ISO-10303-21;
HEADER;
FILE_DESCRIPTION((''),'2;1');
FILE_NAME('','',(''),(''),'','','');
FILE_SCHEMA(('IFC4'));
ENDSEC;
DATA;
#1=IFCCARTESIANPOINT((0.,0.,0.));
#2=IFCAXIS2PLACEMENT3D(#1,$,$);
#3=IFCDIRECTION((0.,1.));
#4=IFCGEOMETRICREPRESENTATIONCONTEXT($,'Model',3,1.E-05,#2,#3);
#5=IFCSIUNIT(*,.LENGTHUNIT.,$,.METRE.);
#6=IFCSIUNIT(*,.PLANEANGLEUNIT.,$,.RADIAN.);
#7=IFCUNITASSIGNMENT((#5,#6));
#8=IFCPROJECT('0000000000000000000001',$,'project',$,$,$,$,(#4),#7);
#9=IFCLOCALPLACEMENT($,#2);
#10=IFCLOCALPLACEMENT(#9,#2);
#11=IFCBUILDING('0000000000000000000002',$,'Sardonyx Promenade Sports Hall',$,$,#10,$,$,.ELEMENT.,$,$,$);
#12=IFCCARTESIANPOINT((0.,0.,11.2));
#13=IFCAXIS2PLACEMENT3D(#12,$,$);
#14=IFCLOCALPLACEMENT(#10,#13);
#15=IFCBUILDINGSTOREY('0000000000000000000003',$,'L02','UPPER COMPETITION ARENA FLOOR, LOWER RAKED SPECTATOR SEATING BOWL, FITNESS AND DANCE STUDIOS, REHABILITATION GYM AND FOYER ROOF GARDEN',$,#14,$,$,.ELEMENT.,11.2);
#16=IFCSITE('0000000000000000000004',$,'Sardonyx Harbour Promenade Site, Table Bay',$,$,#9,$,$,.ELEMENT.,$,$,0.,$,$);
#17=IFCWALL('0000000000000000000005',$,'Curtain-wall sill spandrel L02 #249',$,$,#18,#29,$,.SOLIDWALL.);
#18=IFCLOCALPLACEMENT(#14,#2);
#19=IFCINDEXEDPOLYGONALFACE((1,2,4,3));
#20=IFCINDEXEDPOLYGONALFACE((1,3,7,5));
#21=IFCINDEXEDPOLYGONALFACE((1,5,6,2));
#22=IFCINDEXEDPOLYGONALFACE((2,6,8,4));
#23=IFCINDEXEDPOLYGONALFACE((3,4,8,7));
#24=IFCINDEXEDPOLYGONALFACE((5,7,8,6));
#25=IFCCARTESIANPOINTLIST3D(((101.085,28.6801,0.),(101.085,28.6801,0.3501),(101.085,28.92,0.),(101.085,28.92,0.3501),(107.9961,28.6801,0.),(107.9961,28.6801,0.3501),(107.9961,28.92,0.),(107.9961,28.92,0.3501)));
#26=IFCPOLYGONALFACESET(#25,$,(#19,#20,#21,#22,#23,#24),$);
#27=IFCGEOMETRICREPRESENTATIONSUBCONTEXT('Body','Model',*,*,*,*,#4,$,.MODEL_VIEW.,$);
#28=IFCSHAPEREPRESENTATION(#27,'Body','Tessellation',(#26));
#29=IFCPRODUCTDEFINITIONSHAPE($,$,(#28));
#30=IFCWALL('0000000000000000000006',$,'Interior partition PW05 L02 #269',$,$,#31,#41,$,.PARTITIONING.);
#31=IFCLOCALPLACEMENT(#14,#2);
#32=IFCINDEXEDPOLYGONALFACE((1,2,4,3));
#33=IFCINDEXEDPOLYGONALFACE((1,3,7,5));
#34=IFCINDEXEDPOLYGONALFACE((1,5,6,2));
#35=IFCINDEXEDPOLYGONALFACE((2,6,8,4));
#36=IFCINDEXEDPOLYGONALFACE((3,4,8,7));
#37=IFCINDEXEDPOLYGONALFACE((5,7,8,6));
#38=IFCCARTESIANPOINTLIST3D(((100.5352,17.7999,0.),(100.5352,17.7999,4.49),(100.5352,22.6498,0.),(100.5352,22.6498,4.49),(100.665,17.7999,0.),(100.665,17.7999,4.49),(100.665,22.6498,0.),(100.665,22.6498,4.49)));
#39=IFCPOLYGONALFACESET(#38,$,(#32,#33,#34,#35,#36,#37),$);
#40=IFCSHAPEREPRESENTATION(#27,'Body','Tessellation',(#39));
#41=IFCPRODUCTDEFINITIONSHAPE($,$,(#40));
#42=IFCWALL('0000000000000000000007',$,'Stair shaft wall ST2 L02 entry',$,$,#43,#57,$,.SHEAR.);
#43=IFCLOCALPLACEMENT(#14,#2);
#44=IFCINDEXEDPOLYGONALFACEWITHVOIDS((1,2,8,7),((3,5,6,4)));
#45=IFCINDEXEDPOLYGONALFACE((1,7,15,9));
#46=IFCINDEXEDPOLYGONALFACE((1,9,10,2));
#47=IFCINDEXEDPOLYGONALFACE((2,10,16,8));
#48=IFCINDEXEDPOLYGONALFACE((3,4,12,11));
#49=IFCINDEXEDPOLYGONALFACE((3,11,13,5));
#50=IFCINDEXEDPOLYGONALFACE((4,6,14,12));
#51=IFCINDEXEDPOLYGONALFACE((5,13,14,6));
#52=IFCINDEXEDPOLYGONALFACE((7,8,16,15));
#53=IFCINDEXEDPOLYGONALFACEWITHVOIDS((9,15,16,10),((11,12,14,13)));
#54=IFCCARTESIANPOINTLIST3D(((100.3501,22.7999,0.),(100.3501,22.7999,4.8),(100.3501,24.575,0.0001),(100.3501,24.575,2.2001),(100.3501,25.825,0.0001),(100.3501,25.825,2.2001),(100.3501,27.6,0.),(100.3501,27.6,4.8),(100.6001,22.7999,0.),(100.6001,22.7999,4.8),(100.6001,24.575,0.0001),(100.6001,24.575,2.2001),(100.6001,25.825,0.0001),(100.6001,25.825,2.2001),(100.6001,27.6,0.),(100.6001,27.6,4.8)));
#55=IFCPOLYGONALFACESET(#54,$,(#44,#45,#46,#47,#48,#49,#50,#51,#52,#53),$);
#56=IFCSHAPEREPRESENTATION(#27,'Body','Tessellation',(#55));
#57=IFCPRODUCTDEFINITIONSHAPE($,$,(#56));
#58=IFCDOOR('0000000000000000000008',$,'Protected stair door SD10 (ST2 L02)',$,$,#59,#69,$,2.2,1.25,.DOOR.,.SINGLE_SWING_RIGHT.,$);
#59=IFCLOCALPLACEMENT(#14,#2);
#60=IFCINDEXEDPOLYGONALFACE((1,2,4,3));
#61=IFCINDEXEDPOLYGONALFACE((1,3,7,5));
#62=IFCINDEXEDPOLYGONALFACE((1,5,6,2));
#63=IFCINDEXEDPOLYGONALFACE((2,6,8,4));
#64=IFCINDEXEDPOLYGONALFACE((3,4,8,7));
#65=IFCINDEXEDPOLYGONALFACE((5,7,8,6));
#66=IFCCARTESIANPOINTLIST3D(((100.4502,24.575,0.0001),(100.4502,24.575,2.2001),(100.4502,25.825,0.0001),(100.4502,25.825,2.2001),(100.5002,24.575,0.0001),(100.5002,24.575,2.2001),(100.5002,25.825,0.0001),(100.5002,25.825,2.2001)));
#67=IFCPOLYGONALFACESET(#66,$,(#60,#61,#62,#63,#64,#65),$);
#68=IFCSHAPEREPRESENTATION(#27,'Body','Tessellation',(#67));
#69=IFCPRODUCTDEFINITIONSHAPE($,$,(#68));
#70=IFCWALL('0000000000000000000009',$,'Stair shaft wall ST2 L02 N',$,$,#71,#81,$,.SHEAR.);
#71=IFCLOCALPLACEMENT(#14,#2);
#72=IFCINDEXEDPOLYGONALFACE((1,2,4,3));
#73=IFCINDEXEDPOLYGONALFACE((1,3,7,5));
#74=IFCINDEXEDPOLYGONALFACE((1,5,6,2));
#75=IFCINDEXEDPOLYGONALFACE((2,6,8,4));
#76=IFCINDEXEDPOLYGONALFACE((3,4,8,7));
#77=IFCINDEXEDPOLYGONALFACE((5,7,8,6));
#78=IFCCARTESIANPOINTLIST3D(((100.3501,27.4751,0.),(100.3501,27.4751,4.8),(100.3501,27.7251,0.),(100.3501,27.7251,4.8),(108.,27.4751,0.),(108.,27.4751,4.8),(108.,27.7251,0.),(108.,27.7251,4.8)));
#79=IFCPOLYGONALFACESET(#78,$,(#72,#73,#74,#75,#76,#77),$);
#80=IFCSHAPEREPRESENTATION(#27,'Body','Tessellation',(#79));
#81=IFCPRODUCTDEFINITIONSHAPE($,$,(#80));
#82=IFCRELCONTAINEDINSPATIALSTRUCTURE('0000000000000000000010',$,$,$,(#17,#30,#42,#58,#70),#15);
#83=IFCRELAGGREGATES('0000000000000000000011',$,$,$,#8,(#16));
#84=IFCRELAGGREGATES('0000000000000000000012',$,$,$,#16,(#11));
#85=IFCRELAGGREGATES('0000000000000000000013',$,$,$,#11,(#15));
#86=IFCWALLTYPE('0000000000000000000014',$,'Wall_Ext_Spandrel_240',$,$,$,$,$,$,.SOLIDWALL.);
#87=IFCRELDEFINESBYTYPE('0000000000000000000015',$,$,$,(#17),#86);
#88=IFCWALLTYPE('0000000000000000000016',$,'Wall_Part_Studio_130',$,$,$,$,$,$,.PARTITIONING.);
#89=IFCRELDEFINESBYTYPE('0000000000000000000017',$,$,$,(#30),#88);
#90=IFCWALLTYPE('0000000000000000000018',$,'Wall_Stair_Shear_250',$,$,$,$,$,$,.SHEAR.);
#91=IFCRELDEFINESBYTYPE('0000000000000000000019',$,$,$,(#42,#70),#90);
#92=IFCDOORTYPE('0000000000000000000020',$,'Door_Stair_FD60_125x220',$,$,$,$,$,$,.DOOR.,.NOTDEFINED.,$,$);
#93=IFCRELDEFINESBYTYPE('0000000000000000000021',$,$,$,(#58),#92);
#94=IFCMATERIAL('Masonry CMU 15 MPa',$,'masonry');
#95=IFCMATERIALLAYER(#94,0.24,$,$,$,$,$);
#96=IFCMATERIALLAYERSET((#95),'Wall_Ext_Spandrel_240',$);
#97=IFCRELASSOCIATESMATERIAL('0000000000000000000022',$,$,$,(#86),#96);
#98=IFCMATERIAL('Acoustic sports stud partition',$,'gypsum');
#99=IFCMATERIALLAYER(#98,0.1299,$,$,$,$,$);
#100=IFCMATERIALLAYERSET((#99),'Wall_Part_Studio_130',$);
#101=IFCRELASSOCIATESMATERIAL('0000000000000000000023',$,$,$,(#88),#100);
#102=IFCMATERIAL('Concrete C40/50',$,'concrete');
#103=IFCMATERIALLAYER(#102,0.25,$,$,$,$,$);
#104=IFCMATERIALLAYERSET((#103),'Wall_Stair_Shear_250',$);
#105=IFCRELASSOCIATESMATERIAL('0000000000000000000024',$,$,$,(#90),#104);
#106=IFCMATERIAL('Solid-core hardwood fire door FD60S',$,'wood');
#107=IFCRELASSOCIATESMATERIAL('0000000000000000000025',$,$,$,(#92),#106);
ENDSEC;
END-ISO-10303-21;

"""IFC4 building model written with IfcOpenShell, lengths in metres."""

from ifc_helpers import new_model, si_unit, direction, frame, frame_2d, origin, place, context, subcontext, project, spatial, rectangle, extrude, material, layer, layer_set, type_object, element, fill, save


model = new_model("IFC4")

# Units and contexts
model_context = context("Model", 3, precision=1e-05, world=origin(), true_north=direction((0.0, 1.0)))
body_context = subcontext(model_context, "Body", "Model", "MODEL_VIEW")
ifc_project = project(units=[si_unit("LENGTHUNIT", "METRE"), si_unit("PLANEANGLEUNIT", "RADIAN")], contexts=[model_context])

# Site, building, storey
site_placement = place(None, origin())
site = spatial("IfcSite", under=ifc_project, at=site_placement, Name="Sardonyx Harbour Promenade Site, Table Bay", CompositionType="ELEMENT", RefElevation=0.0)
building_placement = place(site_placement, origin())
building = spatial("IfcBuilding", under=site, at=building_placement, Name="Sardonyx Promenade Sports Hall", CompositionType="ELEMENT")
storey_placement = place(building_placement, frame((0.0, 0.0, 11.2)))
storey = spatial("IfcBuildingStorey", under=building, at=storey_placement, Name="L02", Description="UPPER COMPETITION ARENA FLOOR, LOWER RAKED SPECTATOR SEATING BOWL, FITNESS AND DANCE STUDIOS, REHABILITATION GYM AND FOYER ROOF GARDEN", CompositionType="ELEMENT", Elevation=11.2)

# Wall
ifc_material_1 = material(Name="Masonry CMU 15 MPa", Category="masonry")
ifc_layer_1 = layer(ifc_material_1, 0.24)
ifc_layer_set_1 = layer_set([ifc_layer_1], Name="Wall_Ext_Spandrel_240")
wall_type_1 = type_object("IfcWallType", Name="Wall_Ext_Spandrel_240", PredefinedType="SOLIDWALL", material=ifc_layer_set_1)
wall_1_placement = place(storey_placement, frame((101.085, 28.8, 0.0), z_axis=(0.0, 0.0, 1.0), x_axis=(1.0, 0.0, 0.0)))
element("IfcWall", 1, at=wall_1_placement, inside=storey, type_object=wall_type_1, Name="Curtain-wall sill spandrel L02 #249", PredefinedType="SOLIDWALL", context=body_context, shape_type="SweptSolid", body=[
    extrude(rectangle(XDim=6.9111, YDim=0.24, at=frame_2d((3.4556, 0.0))), origin(), (0.0, 0.0, 1.0), 0.3501),
])

# Wall
ifc_material_2 = material(Name="Acoustic sports stud partition", Category="gypsum")
ifc_layer_2 = layer(ifc_material_2, 0.1299)
ifc_layer_set_2 = layer_set([ifc_layer_2], Name="Wall_Part_Studio_130")
wall_type_2 = type_object("IfcWallType", Name="Wall_Part_Studio_130", PredefinedType="PARTITIONING", material=ifc_layer_set_2)
wall_2_placement = place(storey_placement, frame((100.6001, 17.8, 0.0), z_axis=(0.0, 0.0, 1.0), x_axis=(0.0, 1.0, 0.0)))
element("IfcWall", 2, at=wall_2_placement, inside=storey, type_object=wall_type_2, Name="Interior partition PW05 L02 #269", PredefinedType="PARTITIONING", context=body_context, shape_type="SweptSolid", body=[
    extrude(rectangle(XDim=4.8499, YDim=0.1299, at=frame_2d((2.4248, 0.0))), origin(), (0.0, 0.0, 1.0), 4.49),
])

# Wall, opening, door
ifc_material_3 = material(Name="Concrete C40/50", Category="concrete")
ifc_layer_3 = layer(ifc_material_3, 0.25)
ifc_layer_set_3 = layer_set([ifc_layer_3], Name="Wall_Stair_Shear_250")
wall_type_3 = type_object("IfcWallType", Name="Wall_Stair_Shear_250", PredefinedType="SHEAR", material=ifc_layer_set_3)
wall_3_placement = place(storey_placement, frame((100.4751, 22.8, 0.0), z_axis=(0.0, 0.0, 1.0), x_axis=(0.0, 1.0, 0.0)))
wall_3 = element("IfcWall", 3, at=wall_3_placement, inside=storey, type_object=wall_type_3, Name="Stair shaft wall ST2 L02 entry", PredefinedType="SHEAR", context=body_context, shape_type="SweptSolid", body=[
    extrude(rectangle(XDim=4.8, YDim=0.25, at=frame_2d((2.3999, 0.0))), origin(), (0.0, 0.0, 1.0), 4.8),
])
opening_1_placement = place(wall_3_placement, frame((1.7749, 0.0, 0.0)))
opening_1 = element("IfcOpeningElement", 4, at=opening_1_placement, cuts=wall_3, PredefinedType="OPENING", context=body_context, shape_type="SweptSolid", body=[
    extrude(rectangle(XDim=1.25, YDim=2.2, at=frame_2d((0.625, 1.1001))), frame((0.0, 0.135, 0.0), z_axis=(0.0, -1.0, 0.0), x_axis=(1.0, 0.0, 0.0)), (0.0, 0.0, 1.0), 0.27),
])
ifc_material_4 = material(Name="Solid-core hardwood fire door FD60S", Category="wood")
door_type_1 = type_object("IfcDoorType", Name="Door_Stair_FD60_125x220", OperationType="NOTDEFINED", PredefinedType="DOOR", material=ifc_material_4)
door_1_placement = place(opening_1_placement, origin())
door_1 = element("IfcDoor", 5, at=door_1_placement, inside=storey, type_object=door_type_1, Name="Protected stair door SD10 (ST2 L02)", OperationType="SINGLE_SWING_RIGHT", OverallHeight=2.2, OverallWidth=1.25, PredefinedType="DOOR", context=body_context, shape_type="SweptSolid", body=[
    extrude(rectangle(XDim=1.25, YDim=2.2, at=frame_2d((0.625, 1.1001))), frame((0.0, 0.0249, 0.0), z_axis=(0.0, -1.0, 0.0), x_axis=(1.0, 0.0, 0.0)), (0.0, 0.0, 1.0), 0.05),
])
fill(opening_1, door_1)

# Wall
wall_4_placement = place(storey_placement, frame((100.3501, 27.6001, 0.0), z_axis=(0.0, 0.0, 1.0), x_axis=(1.0, 0.0, 0.0)))
element("IfcWall", 6, at=wall_4_placement, inside=storey, type_object=wall_type_3, Name="Stair shaft wall ST2 L02 N", PredefinedType="SHEAR", context=body_context, shape_type="SweptSolid", body=[
    extrude(rectangle(XDim=7.6499, YDim=0.25, at=frame_2d((3.825, 0.0))), origin(), (0.0, 0.0, 1.0), 4.8),
])

save(model, "model.ifc")
